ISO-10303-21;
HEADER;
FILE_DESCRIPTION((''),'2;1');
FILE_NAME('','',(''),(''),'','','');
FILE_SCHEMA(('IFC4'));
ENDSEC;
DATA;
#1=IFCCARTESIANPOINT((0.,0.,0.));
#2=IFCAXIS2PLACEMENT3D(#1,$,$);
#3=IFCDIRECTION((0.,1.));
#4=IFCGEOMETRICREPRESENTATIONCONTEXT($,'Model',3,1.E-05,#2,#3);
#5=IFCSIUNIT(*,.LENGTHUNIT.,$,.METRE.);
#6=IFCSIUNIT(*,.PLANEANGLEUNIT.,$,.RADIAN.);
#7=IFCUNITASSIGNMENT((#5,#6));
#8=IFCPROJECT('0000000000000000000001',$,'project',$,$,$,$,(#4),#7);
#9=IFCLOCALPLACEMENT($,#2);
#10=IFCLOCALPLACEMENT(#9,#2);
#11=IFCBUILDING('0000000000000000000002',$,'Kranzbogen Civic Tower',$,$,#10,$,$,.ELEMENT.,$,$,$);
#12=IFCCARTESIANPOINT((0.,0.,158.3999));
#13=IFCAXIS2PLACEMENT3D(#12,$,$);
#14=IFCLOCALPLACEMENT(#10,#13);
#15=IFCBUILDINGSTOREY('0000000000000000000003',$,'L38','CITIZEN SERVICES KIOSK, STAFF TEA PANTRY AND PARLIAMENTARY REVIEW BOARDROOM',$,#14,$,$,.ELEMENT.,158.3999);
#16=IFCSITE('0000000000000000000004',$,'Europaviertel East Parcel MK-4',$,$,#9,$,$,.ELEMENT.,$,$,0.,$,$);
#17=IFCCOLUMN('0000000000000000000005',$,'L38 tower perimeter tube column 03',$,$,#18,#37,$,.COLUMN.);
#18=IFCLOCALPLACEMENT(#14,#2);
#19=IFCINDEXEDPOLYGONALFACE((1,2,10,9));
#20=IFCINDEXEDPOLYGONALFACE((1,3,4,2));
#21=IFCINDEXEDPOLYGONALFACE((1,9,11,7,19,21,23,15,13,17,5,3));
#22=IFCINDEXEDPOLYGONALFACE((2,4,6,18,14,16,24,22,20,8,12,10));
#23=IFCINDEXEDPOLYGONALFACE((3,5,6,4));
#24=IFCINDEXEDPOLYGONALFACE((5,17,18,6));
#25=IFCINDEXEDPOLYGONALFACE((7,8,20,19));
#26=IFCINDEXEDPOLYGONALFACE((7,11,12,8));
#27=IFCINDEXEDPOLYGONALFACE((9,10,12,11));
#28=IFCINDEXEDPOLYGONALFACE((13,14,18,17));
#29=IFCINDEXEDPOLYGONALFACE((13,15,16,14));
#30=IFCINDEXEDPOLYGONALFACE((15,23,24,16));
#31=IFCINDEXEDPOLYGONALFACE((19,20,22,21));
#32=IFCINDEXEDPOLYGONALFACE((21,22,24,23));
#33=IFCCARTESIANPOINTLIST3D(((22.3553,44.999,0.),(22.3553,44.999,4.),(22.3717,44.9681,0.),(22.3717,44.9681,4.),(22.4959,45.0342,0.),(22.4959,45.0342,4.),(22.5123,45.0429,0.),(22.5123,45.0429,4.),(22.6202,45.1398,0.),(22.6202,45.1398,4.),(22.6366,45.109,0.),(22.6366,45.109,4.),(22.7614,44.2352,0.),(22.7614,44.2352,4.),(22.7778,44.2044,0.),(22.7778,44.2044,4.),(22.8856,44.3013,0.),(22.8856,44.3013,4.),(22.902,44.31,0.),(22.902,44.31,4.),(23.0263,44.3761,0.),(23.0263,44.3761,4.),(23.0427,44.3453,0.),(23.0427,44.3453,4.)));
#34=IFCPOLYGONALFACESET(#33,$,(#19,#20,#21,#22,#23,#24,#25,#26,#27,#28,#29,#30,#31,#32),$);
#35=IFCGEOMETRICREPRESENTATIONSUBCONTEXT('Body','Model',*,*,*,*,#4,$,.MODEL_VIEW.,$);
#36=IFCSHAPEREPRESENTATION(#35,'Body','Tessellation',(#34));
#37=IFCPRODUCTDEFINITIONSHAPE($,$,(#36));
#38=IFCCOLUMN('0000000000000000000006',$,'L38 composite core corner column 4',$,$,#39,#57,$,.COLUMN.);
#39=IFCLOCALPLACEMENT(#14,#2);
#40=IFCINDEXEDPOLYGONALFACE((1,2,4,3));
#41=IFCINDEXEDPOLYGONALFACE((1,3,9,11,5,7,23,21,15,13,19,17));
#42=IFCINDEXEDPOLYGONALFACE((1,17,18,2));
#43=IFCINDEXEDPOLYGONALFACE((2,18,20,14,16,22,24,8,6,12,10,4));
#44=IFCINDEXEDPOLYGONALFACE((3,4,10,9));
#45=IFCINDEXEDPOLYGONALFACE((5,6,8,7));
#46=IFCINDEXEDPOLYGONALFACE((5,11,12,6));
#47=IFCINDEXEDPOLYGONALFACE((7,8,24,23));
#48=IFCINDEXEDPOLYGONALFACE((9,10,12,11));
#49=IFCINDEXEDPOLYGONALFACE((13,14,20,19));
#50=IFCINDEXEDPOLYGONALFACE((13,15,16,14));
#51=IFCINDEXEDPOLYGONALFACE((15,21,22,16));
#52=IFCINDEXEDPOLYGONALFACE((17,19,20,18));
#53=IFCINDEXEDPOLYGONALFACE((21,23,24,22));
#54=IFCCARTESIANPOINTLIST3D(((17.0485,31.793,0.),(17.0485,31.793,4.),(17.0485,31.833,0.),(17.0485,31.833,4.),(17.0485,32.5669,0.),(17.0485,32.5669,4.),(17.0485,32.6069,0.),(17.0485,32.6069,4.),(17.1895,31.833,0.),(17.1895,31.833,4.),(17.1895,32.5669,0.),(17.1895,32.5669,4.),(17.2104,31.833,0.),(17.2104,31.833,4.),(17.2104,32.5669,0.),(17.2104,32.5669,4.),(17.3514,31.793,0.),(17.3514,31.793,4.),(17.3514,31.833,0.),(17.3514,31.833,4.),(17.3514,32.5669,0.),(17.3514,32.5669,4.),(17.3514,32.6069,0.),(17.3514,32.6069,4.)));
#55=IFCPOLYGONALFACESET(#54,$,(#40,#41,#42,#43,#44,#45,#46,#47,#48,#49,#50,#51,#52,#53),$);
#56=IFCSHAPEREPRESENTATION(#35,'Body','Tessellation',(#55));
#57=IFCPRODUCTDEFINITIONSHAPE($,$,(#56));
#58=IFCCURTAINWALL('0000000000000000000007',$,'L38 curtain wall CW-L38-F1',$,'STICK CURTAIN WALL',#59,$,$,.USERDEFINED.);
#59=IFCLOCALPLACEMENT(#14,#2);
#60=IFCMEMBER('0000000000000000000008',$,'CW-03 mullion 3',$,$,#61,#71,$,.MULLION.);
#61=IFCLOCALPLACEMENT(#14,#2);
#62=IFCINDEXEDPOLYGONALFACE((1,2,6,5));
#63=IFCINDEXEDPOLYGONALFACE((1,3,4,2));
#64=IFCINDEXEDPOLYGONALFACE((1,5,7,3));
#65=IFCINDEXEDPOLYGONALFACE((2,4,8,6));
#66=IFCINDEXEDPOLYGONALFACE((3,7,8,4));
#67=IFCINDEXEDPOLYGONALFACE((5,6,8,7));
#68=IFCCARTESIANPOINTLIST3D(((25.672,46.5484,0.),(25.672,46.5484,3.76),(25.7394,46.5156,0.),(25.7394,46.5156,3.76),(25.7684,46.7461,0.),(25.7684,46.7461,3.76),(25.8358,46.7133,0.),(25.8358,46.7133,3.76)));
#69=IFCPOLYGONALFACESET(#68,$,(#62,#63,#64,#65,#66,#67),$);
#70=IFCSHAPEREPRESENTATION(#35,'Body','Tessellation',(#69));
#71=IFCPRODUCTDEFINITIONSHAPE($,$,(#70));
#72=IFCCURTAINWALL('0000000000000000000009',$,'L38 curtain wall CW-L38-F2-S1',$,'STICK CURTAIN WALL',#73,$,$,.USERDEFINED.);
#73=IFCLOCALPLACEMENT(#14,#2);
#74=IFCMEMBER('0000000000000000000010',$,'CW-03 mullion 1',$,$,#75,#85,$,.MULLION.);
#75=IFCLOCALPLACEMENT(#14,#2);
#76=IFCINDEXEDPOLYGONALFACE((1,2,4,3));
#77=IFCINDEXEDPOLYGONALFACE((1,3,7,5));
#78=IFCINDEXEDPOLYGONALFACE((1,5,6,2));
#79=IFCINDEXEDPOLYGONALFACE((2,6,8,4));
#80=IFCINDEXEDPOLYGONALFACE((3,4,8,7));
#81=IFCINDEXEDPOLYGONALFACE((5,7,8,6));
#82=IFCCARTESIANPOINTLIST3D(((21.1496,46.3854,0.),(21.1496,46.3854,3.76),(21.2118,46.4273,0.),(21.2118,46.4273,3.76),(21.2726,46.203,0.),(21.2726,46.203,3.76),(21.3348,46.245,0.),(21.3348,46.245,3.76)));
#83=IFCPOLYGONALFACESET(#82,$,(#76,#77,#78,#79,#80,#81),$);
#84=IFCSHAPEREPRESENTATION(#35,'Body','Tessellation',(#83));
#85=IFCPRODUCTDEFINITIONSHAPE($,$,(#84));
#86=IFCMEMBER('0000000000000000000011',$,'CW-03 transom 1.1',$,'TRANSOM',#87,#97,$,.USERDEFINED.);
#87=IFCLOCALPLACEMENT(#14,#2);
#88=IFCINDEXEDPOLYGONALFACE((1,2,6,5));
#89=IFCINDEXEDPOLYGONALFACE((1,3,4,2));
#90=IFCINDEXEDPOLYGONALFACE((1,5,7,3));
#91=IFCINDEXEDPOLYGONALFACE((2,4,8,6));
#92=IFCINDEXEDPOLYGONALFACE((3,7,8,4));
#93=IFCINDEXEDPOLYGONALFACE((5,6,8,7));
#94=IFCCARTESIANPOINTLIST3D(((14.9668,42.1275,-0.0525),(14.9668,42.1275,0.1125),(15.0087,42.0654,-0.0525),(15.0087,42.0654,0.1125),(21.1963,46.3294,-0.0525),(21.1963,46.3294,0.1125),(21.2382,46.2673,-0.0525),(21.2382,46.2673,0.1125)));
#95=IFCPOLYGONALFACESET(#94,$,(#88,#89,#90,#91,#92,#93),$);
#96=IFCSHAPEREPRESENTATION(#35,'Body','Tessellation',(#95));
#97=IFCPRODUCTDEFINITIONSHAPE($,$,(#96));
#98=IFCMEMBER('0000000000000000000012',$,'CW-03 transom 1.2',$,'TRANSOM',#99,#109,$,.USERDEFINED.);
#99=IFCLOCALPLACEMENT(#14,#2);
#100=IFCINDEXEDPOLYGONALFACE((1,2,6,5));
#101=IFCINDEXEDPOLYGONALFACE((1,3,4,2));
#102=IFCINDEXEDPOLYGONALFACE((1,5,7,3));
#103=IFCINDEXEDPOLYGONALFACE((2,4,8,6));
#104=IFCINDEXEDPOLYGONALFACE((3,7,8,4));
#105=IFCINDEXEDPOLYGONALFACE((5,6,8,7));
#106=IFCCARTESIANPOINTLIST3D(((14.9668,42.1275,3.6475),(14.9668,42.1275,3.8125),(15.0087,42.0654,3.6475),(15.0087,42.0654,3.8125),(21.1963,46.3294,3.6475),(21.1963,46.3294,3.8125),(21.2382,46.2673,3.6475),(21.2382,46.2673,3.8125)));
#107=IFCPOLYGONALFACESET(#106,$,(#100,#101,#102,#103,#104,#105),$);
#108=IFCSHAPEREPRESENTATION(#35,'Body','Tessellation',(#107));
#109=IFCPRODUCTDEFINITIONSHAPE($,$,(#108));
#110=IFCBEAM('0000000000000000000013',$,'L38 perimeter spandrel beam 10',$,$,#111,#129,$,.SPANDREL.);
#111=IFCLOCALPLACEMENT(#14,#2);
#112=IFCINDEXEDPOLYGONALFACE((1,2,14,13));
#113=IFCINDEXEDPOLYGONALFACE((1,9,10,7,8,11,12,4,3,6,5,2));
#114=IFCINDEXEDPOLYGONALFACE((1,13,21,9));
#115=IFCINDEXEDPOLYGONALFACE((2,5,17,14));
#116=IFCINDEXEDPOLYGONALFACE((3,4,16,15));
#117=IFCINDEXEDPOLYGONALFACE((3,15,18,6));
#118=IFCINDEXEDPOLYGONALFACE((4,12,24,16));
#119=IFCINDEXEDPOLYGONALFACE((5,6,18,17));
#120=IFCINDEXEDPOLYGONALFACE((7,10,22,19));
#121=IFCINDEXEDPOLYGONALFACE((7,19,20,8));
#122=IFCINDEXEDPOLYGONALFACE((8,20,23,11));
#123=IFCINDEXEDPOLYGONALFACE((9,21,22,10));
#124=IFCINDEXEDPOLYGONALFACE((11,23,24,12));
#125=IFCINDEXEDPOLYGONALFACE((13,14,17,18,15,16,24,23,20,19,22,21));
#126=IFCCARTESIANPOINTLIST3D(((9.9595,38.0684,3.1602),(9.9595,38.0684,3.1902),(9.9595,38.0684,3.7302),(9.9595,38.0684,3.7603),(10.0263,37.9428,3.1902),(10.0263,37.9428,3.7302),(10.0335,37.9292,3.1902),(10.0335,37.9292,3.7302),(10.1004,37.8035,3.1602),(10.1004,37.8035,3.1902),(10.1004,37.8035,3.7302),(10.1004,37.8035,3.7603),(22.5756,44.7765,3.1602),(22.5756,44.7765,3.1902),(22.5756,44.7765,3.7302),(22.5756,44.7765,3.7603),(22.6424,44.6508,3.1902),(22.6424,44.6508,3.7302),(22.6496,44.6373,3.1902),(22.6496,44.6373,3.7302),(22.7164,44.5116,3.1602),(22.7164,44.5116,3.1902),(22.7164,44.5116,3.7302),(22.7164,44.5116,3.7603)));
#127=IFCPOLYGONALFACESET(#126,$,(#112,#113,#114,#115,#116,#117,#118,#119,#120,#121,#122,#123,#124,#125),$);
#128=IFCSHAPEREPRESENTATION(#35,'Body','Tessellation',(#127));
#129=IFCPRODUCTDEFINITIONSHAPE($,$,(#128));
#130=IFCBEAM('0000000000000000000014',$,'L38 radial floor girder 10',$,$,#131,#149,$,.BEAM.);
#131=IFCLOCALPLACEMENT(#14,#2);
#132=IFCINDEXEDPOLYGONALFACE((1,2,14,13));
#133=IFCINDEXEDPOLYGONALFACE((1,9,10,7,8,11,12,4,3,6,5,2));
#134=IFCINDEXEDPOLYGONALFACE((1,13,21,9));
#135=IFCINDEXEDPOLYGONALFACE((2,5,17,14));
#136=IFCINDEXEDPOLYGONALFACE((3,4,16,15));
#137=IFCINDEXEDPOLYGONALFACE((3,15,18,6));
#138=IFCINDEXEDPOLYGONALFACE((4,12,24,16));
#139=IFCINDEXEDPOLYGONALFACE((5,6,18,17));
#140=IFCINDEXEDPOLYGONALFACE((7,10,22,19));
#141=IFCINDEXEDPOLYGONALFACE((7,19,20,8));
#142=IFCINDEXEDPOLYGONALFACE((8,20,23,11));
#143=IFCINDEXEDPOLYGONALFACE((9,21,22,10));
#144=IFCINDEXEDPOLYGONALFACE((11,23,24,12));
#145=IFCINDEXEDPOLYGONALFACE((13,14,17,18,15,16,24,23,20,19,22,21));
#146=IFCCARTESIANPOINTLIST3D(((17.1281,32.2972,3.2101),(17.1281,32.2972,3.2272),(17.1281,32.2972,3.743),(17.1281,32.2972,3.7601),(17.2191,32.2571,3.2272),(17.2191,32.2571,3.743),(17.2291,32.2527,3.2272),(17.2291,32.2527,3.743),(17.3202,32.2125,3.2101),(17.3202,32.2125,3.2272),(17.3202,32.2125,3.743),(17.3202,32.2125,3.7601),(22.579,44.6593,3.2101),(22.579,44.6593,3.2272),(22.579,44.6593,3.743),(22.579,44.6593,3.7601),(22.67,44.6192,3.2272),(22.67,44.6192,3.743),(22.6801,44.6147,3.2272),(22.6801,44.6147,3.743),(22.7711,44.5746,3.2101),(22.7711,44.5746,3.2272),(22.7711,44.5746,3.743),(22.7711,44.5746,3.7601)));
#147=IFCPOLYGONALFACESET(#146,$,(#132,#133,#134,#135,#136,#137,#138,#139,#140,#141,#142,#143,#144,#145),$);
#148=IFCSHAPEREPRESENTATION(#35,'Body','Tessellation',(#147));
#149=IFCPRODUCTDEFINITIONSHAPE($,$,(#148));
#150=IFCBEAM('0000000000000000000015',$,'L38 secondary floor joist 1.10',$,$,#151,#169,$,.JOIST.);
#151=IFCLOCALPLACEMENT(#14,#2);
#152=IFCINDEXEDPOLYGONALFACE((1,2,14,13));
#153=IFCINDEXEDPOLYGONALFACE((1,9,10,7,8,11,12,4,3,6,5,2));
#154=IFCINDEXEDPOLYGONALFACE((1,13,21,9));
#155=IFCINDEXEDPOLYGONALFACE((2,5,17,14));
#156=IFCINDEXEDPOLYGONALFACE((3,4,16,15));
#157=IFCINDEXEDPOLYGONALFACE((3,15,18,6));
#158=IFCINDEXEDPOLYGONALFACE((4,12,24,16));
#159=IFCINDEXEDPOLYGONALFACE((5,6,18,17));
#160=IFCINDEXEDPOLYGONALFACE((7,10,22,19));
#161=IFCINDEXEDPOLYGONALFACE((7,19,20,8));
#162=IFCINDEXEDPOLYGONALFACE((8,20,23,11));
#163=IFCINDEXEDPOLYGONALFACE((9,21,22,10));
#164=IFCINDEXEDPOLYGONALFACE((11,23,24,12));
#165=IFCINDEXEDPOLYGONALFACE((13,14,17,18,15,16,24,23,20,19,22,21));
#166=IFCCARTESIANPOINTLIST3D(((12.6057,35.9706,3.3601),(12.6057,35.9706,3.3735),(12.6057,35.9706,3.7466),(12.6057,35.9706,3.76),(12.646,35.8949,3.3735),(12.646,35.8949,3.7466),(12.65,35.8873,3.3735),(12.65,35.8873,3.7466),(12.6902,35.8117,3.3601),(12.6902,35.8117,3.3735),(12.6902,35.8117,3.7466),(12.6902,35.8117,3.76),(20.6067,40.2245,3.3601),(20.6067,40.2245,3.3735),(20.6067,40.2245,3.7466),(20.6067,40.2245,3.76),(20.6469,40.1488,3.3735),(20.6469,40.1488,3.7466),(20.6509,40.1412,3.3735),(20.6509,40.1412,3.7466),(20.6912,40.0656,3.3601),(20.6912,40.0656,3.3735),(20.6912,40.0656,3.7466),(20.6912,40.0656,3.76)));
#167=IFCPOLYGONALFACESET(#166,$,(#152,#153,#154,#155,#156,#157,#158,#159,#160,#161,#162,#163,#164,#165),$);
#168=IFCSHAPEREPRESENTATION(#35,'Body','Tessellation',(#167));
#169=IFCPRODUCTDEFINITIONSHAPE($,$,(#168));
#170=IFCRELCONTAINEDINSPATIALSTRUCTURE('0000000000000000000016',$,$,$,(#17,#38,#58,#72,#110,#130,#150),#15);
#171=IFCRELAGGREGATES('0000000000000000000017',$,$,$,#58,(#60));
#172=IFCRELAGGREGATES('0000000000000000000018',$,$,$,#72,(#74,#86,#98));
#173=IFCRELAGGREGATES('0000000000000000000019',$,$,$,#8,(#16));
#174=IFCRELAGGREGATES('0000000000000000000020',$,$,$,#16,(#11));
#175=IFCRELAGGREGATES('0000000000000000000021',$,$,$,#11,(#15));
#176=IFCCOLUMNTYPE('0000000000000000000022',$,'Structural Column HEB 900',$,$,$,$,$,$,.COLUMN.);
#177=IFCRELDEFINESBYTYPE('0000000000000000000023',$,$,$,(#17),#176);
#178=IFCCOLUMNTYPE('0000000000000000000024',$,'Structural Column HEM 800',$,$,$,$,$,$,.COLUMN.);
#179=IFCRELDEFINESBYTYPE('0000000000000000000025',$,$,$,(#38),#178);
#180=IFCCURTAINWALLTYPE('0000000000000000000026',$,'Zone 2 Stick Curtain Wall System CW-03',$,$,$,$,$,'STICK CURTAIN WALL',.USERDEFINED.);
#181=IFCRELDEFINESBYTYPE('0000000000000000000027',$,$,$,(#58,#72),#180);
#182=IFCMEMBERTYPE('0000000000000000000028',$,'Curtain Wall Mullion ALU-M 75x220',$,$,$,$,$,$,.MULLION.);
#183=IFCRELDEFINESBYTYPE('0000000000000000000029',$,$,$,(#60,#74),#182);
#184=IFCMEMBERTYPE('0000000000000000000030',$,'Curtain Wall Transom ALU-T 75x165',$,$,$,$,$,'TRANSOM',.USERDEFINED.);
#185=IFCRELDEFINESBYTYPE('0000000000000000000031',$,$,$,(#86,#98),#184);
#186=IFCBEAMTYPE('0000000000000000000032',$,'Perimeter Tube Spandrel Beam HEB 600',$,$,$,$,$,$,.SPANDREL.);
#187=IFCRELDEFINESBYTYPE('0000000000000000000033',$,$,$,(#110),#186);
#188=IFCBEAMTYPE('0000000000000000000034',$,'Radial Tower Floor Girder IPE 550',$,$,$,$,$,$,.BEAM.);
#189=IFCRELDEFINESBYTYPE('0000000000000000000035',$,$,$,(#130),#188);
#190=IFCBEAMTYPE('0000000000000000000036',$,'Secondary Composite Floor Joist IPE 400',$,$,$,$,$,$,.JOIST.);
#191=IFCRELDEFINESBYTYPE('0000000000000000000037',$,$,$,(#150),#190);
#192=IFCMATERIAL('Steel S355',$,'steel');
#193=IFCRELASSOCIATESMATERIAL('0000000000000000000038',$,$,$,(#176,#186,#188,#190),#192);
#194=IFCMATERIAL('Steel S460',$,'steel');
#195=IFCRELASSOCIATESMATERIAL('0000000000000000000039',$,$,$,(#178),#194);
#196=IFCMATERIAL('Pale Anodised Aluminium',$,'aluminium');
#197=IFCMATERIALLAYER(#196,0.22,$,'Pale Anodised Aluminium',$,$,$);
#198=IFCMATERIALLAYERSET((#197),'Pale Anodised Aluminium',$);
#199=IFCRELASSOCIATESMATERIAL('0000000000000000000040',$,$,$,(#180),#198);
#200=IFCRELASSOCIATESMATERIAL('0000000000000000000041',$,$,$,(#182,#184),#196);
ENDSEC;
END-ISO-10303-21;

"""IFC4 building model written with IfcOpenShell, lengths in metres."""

from ifc_helpers import new_model, si_unit, direction, frame, origin, origin_2d, place, context, subcontext, project, spatial, rectangle, i_section, extrude, material, layer, layer_set, material_profile, profile_set, type_object, element, aggregate, save


model = new_model("IFC4")

# Units and contexts
model_context = context("Model", 3, precision=1e-05, world=origin(), true_north=direction((0.0, 1.0)))
body_context = subcontext(model_context, "Body", "Model", "MODEL_VIEW")
ifc_project = project(units=[si_unit("LENGTHUNIT", "METRE"), si_unit("PLANEANGLEUNIT", "RADIAN")], contexts=[model_context])

# Site, building, storey
site_placement = place(None, origin())
site = spatial("IfcSite", under=ifc_project, at=site_placement, Name="Europaviertel East Parcel MK-4", CompositionType="ELEMENT", RefElevation=0.0)
building_placement = place(site_placement, origin())
building = spatial("IfcBuilding", under=site, at=building_placement, Name="Kranzbogen Civic Tower", CompositionType="ELEMENT")
storey_placement = place(building_placement, frame((0.0, 0.0, 158.3999)))
storey = spatial("IfcBuildingStorey", under=building, at=storey_placement, Name="L38", Description="CITIZEN SERVICES KIOSK, STAFF TEA PANTRY AND PARLIAMENTARY REVIEW BOARDROOM", CompositionType="ELEMENT", Elevation=158.3999)

# Columns
ifc_material_1 = material(Name="Steel S355", Category="steel")
ifc_material_profile_1 = material_profile(ifc_material_1, i_section(OverallWidth=0.3, OverallDepth=0.8999, WebThickness=0.0186, FlangeThickness=0.0349, at=origin_2d()), Name="HEB 900")
ifc_profile_set_1 = profile_set([ifc_material_profile_1], Name="Steel S355")
column_type_1 = type_object("IfcColumnType", Name="Structural Column HEB 900", PredefinedType="COLUMN", material=ifc_profile_set_1)
column_1_placement = place(storey_placement, frame((22.699, 44.6721, 0.0), z_axis=(0.0, 0.0, 1.0), x_axis=(0.882948, 0.469472, 0.0)))
element("IfcColumn", 1, at=column_1_placement, inside=storey, type_object=column_type_1, Name="L38 tower perimeter tube column 03", PredefinedType="COLUMN", context=body_context, shape_type="SweptSolid", body=[
    extrude(i_section(OverallWidth=0.3, OverallDepth=0.8999, WebThickness=0.0186, FlangeThickness=0.0349, at=origin_2d()), origin(), (0.0, 0.0, 1.0), 4.0),
])
ifc_material_2 = material(Name="Steel S460", Category="steel")
ifc_material_profile_2 = material_profile(ifc_material_2, i_section(OverallWidth=0.303, OverallDepth=0.814, WebThickness=0.021, FlangeThickness=0.04, at=origin_2d()), Name="HEM 800")
ifc_profile_set_2 = profile_set([ifc_material_profile_2], Name="Steel S460")
column_type_2 = type_object("IfcColumnType", Name="Structural Column HEM 800", PredefinedType="COLUMN", material=ifc_profile_set_2)
column_2_placement = place(storey_placement, frame((17.2, 32.2, 0.0), z_axis=(0.0, 0.0, 1.0), x_axis=(1.0, 0.0, 0.0)))
element("IfcColumn", 2, at=column_2_placement, inside=storey, type_object=column_type_2, Name="L38 composite core corner column 4", PredefinedType="COLUMN", context=body_context, shape_type="SweptSolid", body=[
    extrude(i_section(OverallWidth=0.303, OverallDepth=0.814, WebThickness=0.021, FlangeThickness=0.04, at=origin_2d()), origin(), (0.0, 0.0, 1.0), 4.0),
])

# Curtain wall, member
ifc_material_3 = material(Name="Pale Anodised Aluminium", Category="aluminium")
ifc_layer_1 = layer(ifc_material_3, 0.22, Name="Pale Anodised Aluminium")
ifc_layer_set_1 = layer_set([ifc_layer_1], Name="Pale Anodised Aluminium")
curtain_wall_type = type_object("IfcCurtainWallType", Name="Zone 2 Stick Curtain Wall System CW-03", ElementType="STICK CURTAIN WALL", PredefinedType="USERDEFINED", material=ifc_layer_set_1)
curtain_wall_1_placement = place(storey_placement, origin())
curtain_wall_1 = element("IfcCurtainWall", 3, at=curtain_wall_1_placement, inside=storey, type_object=curtain_wall_type, Name="L38 curtain wall CW-L38-F1", ObjectType="STICK CURTAIN WALL", PredefinedType="USERDEFINED")
ifc_material_profile_3 = material_profile(ifc_material_3, rectangle(XDim=0.075, YDim=0.22, at=origin_2d()), Name="ALU-M 75x220")
ifc_profile_set_3 = profile_set([ifc_material_profile_3], Name="Pale Anodised Aluminium")
member_type_1 = type_object("IfcMemberType", Name="Curtain Wall Mullion ALU-M 75x220", PredefinedType="MULLION", material=ifc_profile_set_3)
member_1_placement = place(storey_placement, frame((25.7539, 46.6309, 0.0), z_axis=(0.0, 0.0, 1.0), x_axis=(-0.898787, 0.438386, 0.0)))
member_1 = element("IfcMember", 4, at=member_1_placement, type_object=member_type_1, Name="CW-03 mullion 3", PredefinedType="MULLION", context=body_context, shape_type="SweptSolid", body=[
    extrude(rectangle(XDim=0.075, YDim=0.22, at=origin_2d()), origin(), (0.0, 0.0, 1.0), 3.76),
])
aggregate(curtain_wall_1, [member_1])

# Curtain wall, members
curtain_wall_2_placement = place(storey_placement, origin())
curtain_wall_2 = element("IfcCurtainWall", 5, at=curtain_wall_2_placement, inside=storey, type_object=curtain_wall_type, Name="L38 curtain wall CW-L38-F2-S1", ObjectType="STICK CURTAIN WALL", PredefinedType="USERDEFINED")
member_2_placement = place(storey_placement, frame((21.2422, 46.3152, 0.0), z_axis=(0.0, 0.0, 1.0), x_axis=(-0.829035, -0.559196, 0.0)))
member_2 = element("IfcMember", 6, at=member_2_placement, type_object=member_type_1, Name="CW-03 mullion 1", PredefinedType="MULLION", context=body_context, shape_type="SweptSolid", body=[
    extrude(rectangle(XDim=0.075, YDim=0.22, at=origin_2d()), origin(), (0.0, 0.0, 1.0), 3.76),
])
ifc_material_profile_4 = material_profile(ifc_material_3, rectangle(XDim=0.075, YDim=0.165, at=origin_2d()), Name="ALU-T 75x165")
ifc_profile_set_4 = profile_set([ifc_material_profile_4], Name="Pale Anodised Aluminium")
member_type_2 = type_object("IfcMemberType", Name="Curtain Wall Transom ALU-T 75x165", ElementType="TRANSOM", PredefinedType="USERDEFINED", material=ifc_profile_set_4)
member_3_placement = place(storey_placement, frame((21.2173, 46.2983, 0.03), z_axis=(-0.829034, -0.559198, 0.0), x_axis=(0.559198, -0.829034, 0.0)))
member_3 = element("IfcMember", 7, at=member_3_placement, type_object=member_type_2, Name="CW-03 transom 1.1", ObjectType="TRANSOM", PredefinedType="USERDEFINED", context=body_context, shape_type="SweptSolid", body=[
    extrude(rectangle(XDim=0.075, YDim=0.165, at=origin_2d()), origin(), (0.0, 0.0, 1.0), 7.5142),
])
member_4_placement = place(storey_placement, frame((21.2173, 46.2983, 3.73), z_axis=(-0.829034, -0.559198, 0.0), x_axis=(0.559198, -0.829034, 0.0)))
member_4 = element("IfcMember", 8, at=member_4_placement, type_object=member_type_2, Name="CW-03 transom 1.2", ObjectType="TRANSOM", PredefinedType="USERDEFINED", context=body_context, shape_type="SweptSolid", body=[
    extrude(rectangle(XDim=0.075, YDim=0.165, at=origin_2d()), origin(), (0.0, 0.0, 1.0), 7.5142),
])

# Beams
ifc_material_profile_5 = material_profile(ifc_material_1, i_section(OverallWidth=0.3, OverallDepth=0.6001, WebThickness=0.0154, FlangeThickness=0.03, at=origin_2d()), Name="HEB 600")
ifc_profile_set_5 = profile_set([ifc_material_profile_5], Name="Steel S355")
beam_type_1 = type_object("IfcBeamType", Name="Perimeter Tube Spandrel Beam HEB 600", PredefinedType="SPANDREL", material=ifc_profile_set_5)
beam_1_placement = place(storey_placement, frame((22.646, 44.644, 3.4602), z_axis=(-0.882948, -0.46947, 0.0), x_axis=(0.46947, -0.882948, 0.0)))
element("IfcBeam", 9, at=beam_1_placement, inside=storey, type_object=beam_type_1, Name="L38 perimeter spandrel beam 10", PredefinedType="SPANDREL", context=body_context, shape_type="SweptSolid", body=[
    extrude(i_section(OverallWidth=0.3, OverallDepth=0.6001, WebThickness=0.0154, FlangeThickness=0.03, at=origin_2d()), origin(), (0.0, 0.0, 1.0), 14.2886),
])
ifc_material_profile_6 = material_profile(ifc_material_1, i_section(OverallWidth=0.21, OverallDepth=0.55, WebThickness=0.011, FlangeThickness=0.0171, at=origin_2d()), Name="IPE 550")
ifc_profile_set_6 = profile_set([ifc_material_profile_6], Name="Steel S355")
beam_type_2 = type_object("IfcBeamType", Name="Radial Tower Floor Girder IPE 550", PredefinedType="BEAM", material=ifc_profile_set_6)
beam_2_placement = place(storey_placement, frame((22.675, 44.6169, 3.4851), z_axis=(-0.403459, -0.914998, 0.0), x_axis=(0.914998, -0.403459, 0.0)))
element("IfcBeam", 10, at=beam_2_placement, inside=storey, type_object=beam_type_2, Name="L38 radial floor girder 10", PredefinedType="BEAM", context=body_context, shape_type="SweptSolid", body=[
    extrude(i_section(OverallWidth=0.21, OverallDepth=0.55, WebThickness=0.011, FlangeThickness=0.0171, at=origin_2d()), origin(), (0.0, 0.0, 1.0), 13.5105),
])
ifc_material_profile_7 = material_profile(ifc_material_1, i_section(OverallWidth=0.1799, OverallDepth=0.3999, WebThickness=0.0085, FlangeThickness=0.0134, at=origin_2d()), Name="IPE 400")
ifc_profile_set_7 = profile_set([ifc_material_profile_7], Name="Steel S355")
beam_type_3 = type_object("IfcBeamType", Name="Secondary Composite Floor Joist IPE 400", PredefinedType="JOIST", material=ifc_profile_set_7)
beam_3_placement = place(storey_placement, frame((20.6489, 40.145, 3.5601), z_axis=(-0.882961, -0.469447, 0.0), x_axis=(0.469447, -0.882961, 0.0)))
element("IfcBeam", 11, at=beam_3_placement, inside=storey, type_object=beam_type_3, Name="L38 secondary floor joist 1.10", PredefinedType="JOIST", context=body_context, shape_type="SweptSolid", body=[
    extrude(i_section(OverallWidth=0.1799, OverallDepth=0.3999, WebThickness=0.0085, FlangeThickness=0.0134, at=origin_2d()), origin(), (0.0, 0.0, 1.0), 9.0615),
])

aggregate(curtain_wall_2, [member_2, member_3, member_4])

save(model, "model.ifc")
